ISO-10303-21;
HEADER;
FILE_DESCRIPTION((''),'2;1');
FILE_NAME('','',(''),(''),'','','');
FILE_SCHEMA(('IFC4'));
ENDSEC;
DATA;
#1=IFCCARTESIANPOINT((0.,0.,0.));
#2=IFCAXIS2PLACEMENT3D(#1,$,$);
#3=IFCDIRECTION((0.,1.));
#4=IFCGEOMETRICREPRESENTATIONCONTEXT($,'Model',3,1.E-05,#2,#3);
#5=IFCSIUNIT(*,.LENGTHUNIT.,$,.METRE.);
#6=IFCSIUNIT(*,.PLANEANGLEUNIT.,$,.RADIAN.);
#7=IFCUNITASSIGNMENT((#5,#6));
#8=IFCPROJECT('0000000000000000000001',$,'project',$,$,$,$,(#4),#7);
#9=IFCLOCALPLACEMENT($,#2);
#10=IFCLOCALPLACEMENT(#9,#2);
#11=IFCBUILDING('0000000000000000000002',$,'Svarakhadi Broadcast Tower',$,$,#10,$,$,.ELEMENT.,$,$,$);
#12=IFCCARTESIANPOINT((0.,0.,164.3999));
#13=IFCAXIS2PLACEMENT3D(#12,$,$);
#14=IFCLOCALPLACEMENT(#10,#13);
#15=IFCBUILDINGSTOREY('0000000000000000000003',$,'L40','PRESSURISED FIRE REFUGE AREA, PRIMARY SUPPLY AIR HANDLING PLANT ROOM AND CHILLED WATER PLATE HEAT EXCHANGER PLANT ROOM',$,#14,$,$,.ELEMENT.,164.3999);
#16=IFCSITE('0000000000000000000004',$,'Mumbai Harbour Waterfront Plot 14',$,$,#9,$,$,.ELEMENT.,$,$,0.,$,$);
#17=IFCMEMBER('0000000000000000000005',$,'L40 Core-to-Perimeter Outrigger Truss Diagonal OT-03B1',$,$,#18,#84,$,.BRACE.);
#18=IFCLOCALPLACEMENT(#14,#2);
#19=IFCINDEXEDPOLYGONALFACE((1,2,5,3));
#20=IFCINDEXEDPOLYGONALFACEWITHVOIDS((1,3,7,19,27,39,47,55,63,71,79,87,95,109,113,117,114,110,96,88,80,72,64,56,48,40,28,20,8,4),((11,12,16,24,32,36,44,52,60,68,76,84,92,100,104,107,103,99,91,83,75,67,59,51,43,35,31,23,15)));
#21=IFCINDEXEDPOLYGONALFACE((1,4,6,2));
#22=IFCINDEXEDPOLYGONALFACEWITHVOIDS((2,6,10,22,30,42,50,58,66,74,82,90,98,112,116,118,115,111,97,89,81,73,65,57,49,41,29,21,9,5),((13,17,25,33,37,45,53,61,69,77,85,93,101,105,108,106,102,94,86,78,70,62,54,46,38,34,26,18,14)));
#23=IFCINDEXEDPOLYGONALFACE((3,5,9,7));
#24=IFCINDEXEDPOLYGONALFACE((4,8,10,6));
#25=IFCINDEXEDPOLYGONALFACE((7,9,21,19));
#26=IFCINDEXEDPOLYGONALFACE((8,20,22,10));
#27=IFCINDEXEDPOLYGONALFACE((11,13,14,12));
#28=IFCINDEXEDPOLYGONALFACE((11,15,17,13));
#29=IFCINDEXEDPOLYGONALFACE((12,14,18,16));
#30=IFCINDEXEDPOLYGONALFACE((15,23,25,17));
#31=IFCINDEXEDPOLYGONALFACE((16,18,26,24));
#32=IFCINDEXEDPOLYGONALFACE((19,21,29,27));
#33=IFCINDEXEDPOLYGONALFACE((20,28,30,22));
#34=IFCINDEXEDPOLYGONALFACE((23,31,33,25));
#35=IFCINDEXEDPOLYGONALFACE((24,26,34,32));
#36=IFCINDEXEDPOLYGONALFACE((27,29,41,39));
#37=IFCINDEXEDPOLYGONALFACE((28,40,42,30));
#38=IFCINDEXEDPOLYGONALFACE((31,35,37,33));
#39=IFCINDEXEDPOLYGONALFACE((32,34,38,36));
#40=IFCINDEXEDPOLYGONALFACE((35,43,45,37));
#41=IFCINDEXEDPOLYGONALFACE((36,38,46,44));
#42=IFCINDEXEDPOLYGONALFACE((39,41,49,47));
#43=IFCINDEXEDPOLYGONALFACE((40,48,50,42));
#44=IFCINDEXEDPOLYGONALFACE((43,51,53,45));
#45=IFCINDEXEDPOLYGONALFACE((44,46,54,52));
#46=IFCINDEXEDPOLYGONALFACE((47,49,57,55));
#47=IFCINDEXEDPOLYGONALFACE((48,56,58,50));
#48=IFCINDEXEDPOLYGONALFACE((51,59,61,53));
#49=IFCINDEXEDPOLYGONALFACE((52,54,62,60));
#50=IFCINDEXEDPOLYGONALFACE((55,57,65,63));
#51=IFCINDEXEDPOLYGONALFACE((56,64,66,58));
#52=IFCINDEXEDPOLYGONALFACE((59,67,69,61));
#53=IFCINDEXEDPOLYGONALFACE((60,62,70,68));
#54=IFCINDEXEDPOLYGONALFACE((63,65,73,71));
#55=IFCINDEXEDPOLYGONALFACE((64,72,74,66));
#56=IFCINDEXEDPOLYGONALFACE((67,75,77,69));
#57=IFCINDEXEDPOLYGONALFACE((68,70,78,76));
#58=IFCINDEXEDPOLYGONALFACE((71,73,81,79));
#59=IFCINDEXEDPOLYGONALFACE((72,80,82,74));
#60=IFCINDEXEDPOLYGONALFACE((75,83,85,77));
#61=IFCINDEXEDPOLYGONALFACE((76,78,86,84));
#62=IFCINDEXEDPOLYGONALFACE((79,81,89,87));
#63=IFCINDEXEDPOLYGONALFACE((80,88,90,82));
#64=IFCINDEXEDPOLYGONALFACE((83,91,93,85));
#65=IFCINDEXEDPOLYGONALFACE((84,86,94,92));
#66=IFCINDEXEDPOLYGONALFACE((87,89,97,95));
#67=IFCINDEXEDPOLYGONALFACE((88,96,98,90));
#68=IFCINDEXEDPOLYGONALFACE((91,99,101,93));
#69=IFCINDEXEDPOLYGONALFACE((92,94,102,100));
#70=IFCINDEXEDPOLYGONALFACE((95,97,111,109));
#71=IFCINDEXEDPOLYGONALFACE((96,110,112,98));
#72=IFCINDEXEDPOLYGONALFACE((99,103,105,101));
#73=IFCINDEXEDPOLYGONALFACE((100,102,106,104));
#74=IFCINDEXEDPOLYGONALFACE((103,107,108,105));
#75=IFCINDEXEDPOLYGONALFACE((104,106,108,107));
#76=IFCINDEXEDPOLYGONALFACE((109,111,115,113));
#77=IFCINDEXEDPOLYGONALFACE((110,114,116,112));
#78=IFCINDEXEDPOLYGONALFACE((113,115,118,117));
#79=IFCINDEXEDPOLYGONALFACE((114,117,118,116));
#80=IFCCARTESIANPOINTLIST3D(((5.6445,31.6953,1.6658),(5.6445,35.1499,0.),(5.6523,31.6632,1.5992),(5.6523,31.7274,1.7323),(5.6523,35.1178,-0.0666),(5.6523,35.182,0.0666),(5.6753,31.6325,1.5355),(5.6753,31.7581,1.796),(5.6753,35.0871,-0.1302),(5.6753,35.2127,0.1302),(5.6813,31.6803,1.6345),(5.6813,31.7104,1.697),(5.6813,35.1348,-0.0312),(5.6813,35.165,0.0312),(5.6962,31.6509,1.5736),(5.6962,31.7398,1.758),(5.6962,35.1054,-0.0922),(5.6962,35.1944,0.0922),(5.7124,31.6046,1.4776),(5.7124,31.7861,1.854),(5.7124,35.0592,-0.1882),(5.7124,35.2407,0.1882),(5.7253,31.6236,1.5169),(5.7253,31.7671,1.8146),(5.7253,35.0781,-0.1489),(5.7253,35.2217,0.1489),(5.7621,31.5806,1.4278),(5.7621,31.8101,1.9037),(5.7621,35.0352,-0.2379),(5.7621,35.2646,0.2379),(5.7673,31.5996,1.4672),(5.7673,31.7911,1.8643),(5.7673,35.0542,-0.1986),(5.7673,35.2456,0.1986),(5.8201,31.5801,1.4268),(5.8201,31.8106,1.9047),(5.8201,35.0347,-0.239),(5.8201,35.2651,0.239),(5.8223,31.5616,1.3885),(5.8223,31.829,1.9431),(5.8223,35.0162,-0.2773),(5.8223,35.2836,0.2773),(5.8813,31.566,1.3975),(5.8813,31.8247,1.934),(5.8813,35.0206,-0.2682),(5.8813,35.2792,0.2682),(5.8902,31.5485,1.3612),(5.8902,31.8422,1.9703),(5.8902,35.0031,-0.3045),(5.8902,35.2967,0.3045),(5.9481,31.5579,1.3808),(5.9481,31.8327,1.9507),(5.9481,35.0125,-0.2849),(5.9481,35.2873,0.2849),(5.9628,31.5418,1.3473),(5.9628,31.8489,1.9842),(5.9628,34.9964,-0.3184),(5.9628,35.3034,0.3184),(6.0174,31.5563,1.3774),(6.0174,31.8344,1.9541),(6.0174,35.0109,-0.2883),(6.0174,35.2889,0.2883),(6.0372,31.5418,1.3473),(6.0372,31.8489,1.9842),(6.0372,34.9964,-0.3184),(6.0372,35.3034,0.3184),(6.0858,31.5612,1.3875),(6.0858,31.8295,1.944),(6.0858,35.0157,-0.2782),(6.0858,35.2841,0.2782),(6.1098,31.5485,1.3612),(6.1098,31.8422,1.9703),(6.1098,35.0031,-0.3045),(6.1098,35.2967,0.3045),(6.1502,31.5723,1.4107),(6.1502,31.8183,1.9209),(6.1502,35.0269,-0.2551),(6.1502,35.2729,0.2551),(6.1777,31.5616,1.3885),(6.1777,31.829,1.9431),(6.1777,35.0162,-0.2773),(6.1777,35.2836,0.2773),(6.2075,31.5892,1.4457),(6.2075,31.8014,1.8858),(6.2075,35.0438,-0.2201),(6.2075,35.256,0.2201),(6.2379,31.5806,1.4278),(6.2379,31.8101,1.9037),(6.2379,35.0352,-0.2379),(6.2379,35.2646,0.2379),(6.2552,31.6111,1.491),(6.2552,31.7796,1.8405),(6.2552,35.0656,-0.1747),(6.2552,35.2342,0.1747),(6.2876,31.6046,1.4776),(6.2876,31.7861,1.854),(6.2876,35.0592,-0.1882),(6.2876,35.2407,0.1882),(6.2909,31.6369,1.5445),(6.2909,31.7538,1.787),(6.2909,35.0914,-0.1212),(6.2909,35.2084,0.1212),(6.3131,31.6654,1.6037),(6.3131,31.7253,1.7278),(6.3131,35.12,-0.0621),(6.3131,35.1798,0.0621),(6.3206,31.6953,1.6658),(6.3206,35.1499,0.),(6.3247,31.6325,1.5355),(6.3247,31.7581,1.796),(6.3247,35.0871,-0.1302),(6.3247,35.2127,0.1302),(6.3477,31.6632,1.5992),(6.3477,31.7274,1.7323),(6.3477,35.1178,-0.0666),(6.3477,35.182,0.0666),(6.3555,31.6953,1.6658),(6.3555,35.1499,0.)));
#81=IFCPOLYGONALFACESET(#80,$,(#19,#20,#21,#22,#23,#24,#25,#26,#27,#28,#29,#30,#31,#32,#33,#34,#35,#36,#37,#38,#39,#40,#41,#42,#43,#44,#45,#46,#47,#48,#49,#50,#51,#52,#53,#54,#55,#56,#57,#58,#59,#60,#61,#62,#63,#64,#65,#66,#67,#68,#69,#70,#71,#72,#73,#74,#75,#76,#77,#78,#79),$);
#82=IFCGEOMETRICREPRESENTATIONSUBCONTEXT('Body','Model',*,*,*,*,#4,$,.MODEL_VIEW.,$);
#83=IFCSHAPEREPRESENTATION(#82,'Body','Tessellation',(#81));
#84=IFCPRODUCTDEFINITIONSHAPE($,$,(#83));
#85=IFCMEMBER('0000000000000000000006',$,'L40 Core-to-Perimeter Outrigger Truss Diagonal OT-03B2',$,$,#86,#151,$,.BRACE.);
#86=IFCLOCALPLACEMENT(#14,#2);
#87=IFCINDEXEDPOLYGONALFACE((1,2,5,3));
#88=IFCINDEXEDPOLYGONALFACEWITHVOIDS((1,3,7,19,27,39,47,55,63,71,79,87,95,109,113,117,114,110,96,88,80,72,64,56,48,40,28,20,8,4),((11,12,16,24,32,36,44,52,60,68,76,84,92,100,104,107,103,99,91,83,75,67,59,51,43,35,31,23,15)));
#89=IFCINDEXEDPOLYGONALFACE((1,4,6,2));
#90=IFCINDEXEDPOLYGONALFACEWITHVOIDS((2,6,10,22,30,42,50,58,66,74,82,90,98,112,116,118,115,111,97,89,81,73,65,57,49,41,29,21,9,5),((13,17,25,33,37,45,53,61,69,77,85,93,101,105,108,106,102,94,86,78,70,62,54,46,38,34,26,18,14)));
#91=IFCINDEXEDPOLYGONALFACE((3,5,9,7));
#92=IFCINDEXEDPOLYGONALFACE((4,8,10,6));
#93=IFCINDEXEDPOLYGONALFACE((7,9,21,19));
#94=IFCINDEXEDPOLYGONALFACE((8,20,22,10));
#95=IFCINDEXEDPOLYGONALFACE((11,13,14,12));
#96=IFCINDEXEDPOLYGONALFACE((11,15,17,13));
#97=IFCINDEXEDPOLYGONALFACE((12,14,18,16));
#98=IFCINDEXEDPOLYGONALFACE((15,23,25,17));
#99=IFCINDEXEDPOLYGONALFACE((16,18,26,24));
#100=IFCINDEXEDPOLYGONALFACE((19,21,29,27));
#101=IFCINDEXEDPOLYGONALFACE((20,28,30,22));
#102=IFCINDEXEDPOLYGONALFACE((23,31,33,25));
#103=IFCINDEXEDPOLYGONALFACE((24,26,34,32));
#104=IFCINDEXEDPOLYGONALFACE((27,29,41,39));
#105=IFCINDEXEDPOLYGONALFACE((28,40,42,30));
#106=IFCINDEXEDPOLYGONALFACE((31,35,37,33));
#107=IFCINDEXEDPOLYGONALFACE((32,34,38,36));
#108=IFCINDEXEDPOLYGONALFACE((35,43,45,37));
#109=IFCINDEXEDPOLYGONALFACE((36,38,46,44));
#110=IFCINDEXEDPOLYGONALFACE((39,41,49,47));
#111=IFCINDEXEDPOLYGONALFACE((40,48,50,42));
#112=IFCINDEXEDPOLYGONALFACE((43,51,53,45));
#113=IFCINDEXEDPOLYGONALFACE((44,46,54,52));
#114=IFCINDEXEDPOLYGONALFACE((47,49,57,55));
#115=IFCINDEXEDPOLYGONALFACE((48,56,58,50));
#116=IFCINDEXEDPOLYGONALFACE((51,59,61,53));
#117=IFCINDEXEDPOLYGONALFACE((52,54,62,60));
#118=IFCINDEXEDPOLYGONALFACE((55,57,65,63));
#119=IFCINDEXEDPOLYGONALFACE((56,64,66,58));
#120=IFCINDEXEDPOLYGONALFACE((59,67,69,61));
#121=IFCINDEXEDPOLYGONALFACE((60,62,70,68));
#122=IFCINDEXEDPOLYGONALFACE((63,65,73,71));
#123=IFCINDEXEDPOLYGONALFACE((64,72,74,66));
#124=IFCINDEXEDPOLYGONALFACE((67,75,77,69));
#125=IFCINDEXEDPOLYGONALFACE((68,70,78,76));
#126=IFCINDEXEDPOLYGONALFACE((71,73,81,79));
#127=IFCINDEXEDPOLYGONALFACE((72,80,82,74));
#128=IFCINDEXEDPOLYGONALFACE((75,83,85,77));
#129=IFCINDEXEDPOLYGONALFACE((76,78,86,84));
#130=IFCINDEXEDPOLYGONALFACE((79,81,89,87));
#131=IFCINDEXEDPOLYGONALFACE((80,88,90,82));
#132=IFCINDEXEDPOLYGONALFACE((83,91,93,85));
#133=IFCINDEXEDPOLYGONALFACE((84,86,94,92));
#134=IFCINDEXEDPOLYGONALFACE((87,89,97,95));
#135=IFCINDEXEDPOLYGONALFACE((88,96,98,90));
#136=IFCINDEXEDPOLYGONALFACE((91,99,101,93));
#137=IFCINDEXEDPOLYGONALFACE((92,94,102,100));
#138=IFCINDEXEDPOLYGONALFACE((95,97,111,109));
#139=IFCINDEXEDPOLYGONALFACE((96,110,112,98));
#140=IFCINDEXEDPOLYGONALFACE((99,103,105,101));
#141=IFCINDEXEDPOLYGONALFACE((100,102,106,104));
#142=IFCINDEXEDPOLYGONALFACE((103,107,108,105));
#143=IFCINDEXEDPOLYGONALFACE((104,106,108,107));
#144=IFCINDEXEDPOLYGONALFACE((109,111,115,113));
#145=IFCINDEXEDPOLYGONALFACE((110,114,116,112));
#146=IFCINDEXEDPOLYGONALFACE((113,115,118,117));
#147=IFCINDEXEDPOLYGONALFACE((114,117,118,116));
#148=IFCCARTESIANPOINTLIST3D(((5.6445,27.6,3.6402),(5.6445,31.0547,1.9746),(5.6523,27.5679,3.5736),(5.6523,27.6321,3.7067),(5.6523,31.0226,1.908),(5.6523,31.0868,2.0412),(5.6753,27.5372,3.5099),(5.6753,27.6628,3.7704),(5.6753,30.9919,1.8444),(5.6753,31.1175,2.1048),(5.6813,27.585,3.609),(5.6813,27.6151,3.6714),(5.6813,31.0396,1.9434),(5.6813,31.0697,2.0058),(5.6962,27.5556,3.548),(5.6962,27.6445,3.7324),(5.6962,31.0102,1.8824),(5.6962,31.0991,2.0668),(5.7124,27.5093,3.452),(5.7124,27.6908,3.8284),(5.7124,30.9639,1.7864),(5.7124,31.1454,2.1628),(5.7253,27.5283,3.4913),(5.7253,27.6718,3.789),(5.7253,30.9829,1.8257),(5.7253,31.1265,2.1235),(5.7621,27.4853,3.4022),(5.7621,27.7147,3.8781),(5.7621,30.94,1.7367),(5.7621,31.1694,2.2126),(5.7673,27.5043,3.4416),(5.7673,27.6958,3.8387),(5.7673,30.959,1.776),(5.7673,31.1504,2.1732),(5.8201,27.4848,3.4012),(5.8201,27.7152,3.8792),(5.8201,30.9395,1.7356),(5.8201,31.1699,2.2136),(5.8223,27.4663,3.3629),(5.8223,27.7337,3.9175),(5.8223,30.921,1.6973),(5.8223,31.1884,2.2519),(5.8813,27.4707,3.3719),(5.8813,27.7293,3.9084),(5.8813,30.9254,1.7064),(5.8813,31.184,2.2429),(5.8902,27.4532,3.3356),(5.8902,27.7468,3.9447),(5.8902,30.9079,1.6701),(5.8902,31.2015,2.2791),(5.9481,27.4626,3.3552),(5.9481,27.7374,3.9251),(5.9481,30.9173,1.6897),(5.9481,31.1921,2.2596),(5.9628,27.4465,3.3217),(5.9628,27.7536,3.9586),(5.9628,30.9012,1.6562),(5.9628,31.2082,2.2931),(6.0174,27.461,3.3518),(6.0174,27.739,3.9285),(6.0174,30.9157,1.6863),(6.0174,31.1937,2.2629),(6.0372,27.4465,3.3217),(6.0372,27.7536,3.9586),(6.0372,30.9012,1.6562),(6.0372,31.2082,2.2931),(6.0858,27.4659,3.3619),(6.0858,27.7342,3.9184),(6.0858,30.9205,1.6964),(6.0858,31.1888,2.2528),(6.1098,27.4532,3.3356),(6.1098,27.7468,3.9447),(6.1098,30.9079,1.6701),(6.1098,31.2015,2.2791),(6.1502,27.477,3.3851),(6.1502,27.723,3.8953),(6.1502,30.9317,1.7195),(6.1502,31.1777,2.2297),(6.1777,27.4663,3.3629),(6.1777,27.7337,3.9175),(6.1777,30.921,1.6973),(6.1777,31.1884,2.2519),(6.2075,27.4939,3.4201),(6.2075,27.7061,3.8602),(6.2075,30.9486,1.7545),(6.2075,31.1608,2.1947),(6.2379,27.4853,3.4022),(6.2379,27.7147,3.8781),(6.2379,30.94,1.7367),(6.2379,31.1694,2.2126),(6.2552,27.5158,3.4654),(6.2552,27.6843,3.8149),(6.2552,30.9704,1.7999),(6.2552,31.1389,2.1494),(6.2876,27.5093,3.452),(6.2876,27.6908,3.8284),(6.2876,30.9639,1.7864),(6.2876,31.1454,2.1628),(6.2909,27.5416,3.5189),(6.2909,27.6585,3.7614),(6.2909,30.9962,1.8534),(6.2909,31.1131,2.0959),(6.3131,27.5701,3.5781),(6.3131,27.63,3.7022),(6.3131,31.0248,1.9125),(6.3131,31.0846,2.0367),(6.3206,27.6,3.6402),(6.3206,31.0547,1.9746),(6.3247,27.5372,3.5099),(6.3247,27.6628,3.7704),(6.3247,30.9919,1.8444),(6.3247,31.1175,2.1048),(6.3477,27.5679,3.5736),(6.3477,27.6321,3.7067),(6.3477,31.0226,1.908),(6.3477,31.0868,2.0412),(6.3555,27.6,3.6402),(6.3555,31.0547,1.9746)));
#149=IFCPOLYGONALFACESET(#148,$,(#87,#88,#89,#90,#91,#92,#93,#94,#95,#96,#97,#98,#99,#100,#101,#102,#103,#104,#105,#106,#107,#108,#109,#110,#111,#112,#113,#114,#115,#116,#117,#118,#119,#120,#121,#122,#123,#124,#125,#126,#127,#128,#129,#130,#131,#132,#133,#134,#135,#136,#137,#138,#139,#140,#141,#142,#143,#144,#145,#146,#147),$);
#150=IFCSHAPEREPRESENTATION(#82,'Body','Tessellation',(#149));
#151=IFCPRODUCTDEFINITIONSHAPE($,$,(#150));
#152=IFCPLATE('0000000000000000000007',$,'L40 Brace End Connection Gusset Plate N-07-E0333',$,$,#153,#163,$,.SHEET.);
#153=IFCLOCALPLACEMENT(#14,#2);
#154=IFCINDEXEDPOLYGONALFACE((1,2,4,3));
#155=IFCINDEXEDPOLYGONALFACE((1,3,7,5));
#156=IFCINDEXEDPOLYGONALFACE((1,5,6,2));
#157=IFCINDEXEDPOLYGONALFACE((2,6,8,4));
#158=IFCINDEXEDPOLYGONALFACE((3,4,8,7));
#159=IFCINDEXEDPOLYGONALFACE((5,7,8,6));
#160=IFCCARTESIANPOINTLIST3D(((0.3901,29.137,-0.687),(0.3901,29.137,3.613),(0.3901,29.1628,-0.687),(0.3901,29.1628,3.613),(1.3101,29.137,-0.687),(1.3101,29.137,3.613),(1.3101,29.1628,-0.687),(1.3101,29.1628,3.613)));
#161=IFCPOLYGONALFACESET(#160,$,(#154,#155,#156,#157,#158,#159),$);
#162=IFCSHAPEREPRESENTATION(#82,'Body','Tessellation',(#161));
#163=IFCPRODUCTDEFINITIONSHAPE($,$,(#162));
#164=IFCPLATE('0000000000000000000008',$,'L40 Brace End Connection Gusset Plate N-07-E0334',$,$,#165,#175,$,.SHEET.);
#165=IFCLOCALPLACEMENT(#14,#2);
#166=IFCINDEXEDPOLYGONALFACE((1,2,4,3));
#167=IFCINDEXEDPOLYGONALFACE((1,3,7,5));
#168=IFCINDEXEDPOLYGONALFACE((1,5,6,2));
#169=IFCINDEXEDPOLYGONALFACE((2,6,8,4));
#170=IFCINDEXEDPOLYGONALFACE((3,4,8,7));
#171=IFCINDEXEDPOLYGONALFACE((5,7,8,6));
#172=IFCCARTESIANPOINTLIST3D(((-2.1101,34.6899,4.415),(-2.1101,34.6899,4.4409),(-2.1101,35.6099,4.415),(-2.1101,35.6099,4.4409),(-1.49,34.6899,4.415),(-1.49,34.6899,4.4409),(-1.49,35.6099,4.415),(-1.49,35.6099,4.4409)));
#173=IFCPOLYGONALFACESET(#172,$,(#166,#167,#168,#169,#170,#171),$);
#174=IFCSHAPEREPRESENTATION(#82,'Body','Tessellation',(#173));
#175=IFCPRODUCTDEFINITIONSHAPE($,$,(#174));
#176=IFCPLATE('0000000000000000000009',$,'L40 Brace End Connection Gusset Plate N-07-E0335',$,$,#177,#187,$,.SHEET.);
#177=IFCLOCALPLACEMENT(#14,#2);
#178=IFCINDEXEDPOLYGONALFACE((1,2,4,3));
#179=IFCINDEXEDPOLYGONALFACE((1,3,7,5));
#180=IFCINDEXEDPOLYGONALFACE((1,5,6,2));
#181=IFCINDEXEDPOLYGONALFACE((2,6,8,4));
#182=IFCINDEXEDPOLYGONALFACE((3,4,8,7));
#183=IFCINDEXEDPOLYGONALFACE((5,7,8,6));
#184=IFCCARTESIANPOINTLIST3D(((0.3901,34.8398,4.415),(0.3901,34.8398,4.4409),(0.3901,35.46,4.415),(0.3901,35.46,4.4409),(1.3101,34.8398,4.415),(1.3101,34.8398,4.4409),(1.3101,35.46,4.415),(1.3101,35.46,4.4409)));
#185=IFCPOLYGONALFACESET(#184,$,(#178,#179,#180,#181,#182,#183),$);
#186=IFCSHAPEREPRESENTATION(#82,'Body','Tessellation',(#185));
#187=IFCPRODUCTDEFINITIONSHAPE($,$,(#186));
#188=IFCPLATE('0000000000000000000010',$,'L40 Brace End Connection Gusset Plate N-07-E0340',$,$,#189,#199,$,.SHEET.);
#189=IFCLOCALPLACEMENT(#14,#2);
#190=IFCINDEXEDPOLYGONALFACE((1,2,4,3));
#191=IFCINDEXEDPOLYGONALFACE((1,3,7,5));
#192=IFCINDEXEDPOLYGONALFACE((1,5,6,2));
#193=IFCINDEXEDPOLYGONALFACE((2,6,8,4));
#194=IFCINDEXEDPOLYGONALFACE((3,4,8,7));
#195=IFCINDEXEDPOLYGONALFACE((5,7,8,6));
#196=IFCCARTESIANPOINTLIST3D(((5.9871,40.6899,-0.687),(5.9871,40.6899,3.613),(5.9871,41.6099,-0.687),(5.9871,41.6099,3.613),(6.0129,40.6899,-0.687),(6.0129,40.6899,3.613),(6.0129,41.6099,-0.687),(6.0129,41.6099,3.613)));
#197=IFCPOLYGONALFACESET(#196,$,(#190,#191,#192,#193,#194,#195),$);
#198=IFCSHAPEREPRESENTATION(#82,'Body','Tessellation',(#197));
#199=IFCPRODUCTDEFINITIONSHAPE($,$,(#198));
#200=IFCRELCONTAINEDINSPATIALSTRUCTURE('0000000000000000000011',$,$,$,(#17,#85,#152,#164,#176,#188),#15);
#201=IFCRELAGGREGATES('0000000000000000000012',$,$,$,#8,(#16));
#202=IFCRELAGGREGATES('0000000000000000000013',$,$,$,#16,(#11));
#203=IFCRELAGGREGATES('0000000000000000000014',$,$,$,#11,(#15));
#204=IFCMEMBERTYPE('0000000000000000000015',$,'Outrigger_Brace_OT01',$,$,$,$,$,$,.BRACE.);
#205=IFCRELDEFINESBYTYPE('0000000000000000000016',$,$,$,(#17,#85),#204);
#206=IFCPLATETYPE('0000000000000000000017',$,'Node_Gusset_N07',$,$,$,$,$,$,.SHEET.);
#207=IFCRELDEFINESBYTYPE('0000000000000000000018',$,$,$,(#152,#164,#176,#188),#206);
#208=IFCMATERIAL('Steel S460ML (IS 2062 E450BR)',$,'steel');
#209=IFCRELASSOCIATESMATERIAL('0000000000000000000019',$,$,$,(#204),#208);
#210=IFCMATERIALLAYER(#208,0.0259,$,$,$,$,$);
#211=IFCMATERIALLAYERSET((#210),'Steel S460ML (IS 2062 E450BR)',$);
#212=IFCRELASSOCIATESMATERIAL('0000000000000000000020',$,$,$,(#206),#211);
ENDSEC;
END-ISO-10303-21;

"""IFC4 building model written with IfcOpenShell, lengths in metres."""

from ifc_helpers import new_model, si_unit, direction, frame, origin, origin_2d, place, context, subcontext, project, spatial, rectangle, hollow_circle, extrude, material, layer, layer_set, material_profile, profile_set, type_object, element, save


model = new_model("IFC4")

# Units and contexts
model_context = context("Model", 3, precision=1e-05, world=origin(), true_north=direction((0.0, 1.0)))
body_context = subcontext(model_context, "Body", "Model", "MODEL_VIEW")
ifc_project = project(units=[si_unit("LENGTHUNIT", "METRE"), si_unit("PLANEANGLEUNIT", "RADIAN")], contexts=[model_context])

# Site, building, storey
site_placement = place(None, origin())
site = spatial("IfcSite", under=ifc_project, at=site_placement, Name="Mumbai Harbour Waterfront Plot 14", CompositionType="ELEMENT", RefElevation=0.0)
building_placement = place(site_placement, origin())
building = spatial("IfcBuilding", under=site, at=building_placement, Name="Svarakhadi Broadcast Tower", CompositionType="ELEMENT")
storey_placement = place(building_placement, frame((0.0, 0.0, 164.3999)))
storey = spatial("IfcBuildingStorey", under=building, at=storey_placement, Name="L40", Description="PRESSURISED FIRE REFUGE AREA, PRIMARY SUPPLY AIR HANDLING PLANT ROOM AND CHILLED WATER PLATE HEAT EXCHANGER PLANT ROOM", CompositionType="ELEMENT", Elevation=164.3999)

# Shared definitions
ifc_material_1 = material(Name="Steel S460ML (IS 2062 E450BR)", Category="steel")

# Members
ifc_material_profile_1 = material_profile(ifc_material_1, hollow_circle(Radius=0.3555, WallThickness=0.0349, at=origin_2d()), Name="CHS 711x35")
ifc_profile_set_1 = profile_set([ifc_material_profile_1], Name="Steel S460ML (IS 2062 E450BR)")
member_type_1 = type_object("IfcMemberType", Name="Outrigger_Brace_OT01", PredefinedType="BRACE", material=ifc_profile_set_1)
for number, where, z_axis, x_axis, name in (
    (1, (6.0, 35.1499, 0.0), (0.0, -0.900752, 0.434334), (1.0, 0.0, 0.0), "L40 Core-to-Perimeter Outrigger Truss Diagonal OT-03B1"),
    (2, (6.0, 31.0547, 1.9746), (0.0, -0.900777, 0.434283), (1.0, 0.0, 0.0), "L40 Core-to-Perimeter Outrigger Truss Diagonal OT-03B2"),
):
    element("IfcMember", number, at=place(storey_placement, frame(where, z_axis=z_axis, x_axis=x_axis)), inside=storey, type_object=member_type_1, Name=name, PredefinedType="BRACE", context=body_context, shape_type="SweptSolid", body=[
        extrude(hollow_circle(Radius=0.3555, WallThickness=0.0349, at=origin_2d()), origin(), (0.0, 0.0, 1.0), 3.8352),
    ])

# Plates
ifc_layer_1 = layer(ifc_material_1, 0.0259)
ifc_layer_set_1 = layer_set([ifc_layer_1], Name="Steel S460ML (IS 2062 E450BR)")
plate_type_1 = type_object("IfcPlateType", Name="Node_Gusset_N07", PredefinedType="SHEET", material=ifc_layer_set_1)
plate_1_placement = place(storey_placement, frame((0.8501, 29.1499, -0.687), z_axis=(0.0, 0.0, 1.0), x_axis=(1.0, 0.0, 0.0)))
element("IfcPlate", 3, at=plate_1_placement, inside=storey, type_object=plate_type_1, Name="L40 Brace End Connection Gusset Plate N-07-E0333", PredefinedType="SHEET", context=body_context, shape_type="SweptSolid", body=[
    extrude(rectangle(XDim=0.9199, YDim=0.0259, at=origin_2d()), origin(), (0.0, 0.0, 1.0), 4.3),
])
for number, where, z_axis, x_axis, name in (
    (4, (-1.8, 35.1499, 4.415), (0.0, 0.0, 1.0), (0.0, 1.0, 0.0), "L40 Brace End Connection Gusset Plate N-07-E0334"),
    (5, (0.8501, 35.1499, 4.415), (0.0, 0.0, 1.0), (1.0, 0.0, 0.0), "L40 Brace End Connection Gusset Plate N-07-E0335"),
):
    element("IfcPlate", number, at=place(storey_placement, frame(where, z_axis=z_axis, x_axis=x_axis)), inside=storey, type_object=plate_type_1, Name=name, PredefinedType="SHEET", context=body_context, shape_type="SweptSolid", body=[
        extrude(rectangle(XDim=0.9199, YDim=0.6201, at=origin_2d()), origin(), (0.0, 0.0, 1.0), 0.0259),
    ])
plate_2_placement = place(storey_placement, frame((6.0, 41.1499, -0.687), z_axis=(0.0, 0.0, 1.0), x_axis=(0.0, 1.0, 0.0)))
element("IfcPlate", 6, at=plate_2_placement, inside=storey, type_object=plate_type_1, Name="L40 Brace End Connection Gusset Plate N-07-E0340", PredefinedType="SHEET", context=body_context, shape_type="SweptSolid", body=[
    extrude(rectangle(XDim=0.9199, YDim=0.0259, at=origin_2d()), origin(), (0.0, 0.0, 1.0), 4.3),
])

save(model, "model.ifc")
